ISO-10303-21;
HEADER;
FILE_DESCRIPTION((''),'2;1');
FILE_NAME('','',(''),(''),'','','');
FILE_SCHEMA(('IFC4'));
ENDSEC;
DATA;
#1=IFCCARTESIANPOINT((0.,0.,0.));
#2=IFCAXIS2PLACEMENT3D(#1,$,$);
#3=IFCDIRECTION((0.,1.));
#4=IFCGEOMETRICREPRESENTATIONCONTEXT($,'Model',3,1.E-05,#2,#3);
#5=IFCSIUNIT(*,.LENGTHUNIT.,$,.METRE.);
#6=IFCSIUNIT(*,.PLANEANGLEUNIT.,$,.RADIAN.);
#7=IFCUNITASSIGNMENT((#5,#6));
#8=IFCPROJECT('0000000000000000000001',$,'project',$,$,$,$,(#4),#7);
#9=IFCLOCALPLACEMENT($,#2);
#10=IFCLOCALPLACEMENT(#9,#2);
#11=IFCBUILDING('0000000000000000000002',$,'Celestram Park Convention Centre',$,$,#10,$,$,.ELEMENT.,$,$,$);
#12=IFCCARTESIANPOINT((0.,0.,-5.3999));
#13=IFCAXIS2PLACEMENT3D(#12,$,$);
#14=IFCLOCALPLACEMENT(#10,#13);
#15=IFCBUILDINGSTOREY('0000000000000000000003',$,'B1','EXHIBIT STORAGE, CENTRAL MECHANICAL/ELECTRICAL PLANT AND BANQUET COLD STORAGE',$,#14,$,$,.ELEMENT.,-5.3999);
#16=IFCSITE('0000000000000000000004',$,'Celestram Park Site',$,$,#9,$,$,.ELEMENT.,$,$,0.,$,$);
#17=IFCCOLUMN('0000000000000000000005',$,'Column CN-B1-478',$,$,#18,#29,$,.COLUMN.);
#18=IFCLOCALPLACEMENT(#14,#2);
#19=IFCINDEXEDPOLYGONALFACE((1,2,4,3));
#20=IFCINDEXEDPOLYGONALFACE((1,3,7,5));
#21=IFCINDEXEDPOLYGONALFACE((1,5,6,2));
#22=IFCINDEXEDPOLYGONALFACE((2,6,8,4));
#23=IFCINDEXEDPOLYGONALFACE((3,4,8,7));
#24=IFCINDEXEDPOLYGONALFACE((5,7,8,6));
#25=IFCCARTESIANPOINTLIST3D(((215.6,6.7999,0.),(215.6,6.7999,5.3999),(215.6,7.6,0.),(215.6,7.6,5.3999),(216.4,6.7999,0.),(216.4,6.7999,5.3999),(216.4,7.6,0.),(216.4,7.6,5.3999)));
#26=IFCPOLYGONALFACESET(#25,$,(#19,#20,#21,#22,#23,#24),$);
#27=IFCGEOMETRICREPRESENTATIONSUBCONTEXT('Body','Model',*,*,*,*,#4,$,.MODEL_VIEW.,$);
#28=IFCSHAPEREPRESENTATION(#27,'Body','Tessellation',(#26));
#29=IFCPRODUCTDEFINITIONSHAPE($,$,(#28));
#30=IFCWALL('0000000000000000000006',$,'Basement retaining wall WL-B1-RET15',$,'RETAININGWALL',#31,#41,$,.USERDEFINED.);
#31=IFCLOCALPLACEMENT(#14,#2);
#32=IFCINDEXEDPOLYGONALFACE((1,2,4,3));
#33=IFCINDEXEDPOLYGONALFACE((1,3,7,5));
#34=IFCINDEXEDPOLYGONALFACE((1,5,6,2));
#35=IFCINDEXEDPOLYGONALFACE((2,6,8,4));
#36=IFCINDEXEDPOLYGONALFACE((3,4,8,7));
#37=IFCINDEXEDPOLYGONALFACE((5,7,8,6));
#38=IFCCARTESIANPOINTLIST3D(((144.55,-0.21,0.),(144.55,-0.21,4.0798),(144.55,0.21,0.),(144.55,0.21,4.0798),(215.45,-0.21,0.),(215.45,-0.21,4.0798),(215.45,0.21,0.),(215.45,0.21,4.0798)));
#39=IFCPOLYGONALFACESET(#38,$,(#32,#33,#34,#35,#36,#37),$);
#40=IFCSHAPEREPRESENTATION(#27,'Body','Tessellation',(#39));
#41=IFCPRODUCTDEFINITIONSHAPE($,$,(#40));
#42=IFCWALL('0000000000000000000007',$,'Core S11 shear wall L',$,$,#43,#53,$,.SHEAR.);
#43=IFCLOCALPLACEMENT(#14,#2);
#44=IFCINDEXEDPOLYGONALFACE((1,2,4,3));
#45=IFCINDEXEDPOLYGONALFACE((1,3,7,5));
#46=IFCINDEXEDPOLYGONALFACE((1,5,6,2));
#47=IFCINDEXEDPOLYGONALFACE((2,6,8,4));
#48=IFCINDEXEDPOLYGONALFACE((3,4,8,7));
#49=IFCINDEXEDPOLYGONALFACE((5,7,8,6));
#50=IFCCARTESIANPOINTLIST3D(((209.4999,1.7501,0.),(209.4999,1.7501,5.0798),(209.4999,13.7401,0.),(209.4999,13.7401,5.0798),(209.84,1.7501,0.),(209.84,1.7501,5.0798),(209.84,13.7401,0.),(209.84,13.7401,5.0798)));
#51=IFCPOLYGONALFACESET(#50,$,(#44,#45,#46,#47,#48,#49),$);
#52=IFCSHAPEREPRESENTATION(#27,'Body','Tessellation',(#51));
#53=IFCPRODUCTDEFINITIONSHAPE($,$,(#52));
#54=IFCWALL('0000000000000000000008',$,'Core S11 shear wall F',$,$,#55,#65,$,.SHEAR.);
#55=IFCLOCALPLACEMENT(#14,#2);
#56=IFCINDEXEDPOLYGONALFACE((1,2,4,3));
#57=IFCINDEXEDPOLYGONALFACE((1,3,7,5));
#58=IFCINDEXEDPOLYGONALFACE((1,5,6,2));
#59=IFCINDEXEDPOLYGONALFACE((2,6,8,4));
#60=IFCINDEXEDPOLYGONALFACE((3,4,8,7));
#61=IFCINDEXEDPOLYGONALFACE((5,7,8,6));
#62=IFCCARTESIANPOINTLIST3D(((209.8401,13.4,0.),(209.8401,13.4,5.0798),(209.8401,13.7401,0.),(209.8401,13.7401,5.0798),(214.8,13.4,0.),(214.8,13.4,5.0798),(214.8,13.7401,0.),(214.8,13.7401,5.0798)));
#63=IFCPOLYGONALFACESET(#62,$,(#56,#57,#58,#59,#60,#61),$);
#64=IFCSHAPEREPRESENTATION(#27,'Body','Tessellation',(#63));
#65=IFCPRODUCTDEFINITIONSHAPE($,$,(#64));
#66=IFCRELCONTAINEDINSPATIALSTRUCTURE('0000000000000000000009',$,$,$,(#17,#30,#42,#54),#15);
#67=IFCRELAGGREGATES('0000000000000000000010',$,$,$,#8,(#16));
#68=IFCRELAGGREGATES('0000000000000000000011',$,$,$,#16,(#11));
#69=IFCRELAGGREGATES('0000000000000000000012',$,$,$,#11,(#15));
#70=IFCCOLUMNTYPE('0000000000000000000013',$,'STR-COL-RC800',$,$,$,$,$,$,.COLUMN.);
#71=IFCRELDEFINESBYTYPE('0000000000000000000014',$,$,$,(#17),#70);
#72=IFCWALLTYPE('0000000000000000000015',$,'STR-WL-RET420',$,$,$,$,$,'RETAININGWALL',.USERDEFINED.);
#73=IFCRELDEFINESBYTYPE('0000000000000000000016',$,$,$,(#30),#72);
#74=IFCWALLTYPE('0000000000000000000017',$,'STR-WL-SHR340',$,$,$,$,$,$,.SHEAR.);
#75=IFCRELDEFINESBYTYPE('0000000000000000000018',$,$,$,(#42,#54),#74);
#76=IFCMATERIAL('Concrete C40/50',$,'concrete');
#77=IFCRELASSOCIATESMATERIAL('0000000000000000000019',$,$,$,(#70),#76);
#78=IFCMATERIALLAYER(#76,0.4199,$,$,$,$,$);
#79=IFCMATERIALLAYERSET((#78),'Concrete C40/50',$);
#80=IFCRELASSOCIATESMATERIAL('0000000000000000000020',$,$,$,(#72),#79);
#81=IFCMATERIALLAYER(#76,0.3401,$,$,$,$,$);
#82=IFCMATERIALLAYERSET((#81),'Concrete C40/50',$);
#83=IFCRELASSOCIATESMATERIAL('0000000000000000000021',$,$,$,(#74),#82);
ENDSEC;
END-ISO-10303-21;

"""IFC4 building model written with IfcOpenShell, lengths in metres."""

from ifc_helpers import new_model, si_unit, direction, frame, frame_2d, origin, origin_2d, place, context, subcontext, project, spatial, rectangle, extrude, material, layer, layer_set, material_profile, profile_set, type_object, element, save


model = new_model("IFC4")

# Units and contexts
model_context = context("Model", 3, precision=1e-05, world=origin(), true_north=direction((0.0, 1.0)))
body_context = subcontext(model_context, "Body", "Model", "MODEL_VIEW")
ifc_project = project(units=[si_unit("LENGTHUNIT", "METRE"), si_unit("PLANEANGLEUNIT", "RADIAN")], contexts=[model_context])

# Site, building, storey
site_placement = place(None, origin())
site = spatial("IfcSite", under=ifc_project, at=site_placement, Name="Celestram Park Site", CompositionType="ELEMENT", RefElevation=0.0)
building_placement = place(site_placement, origin())
building = spatial("IfcBuilding", under=site, at=building_placement, Name="Celestram Park Convention Centre", CompositionType="ELEMENT")
storey_placement = place(building_placement, frame((0.0, 0.0, -5.3999)))
storey = spatial("IfcBuildingStorey", under=building, at=storey_placement, Name="B1", Description="EXHIBIT STORAGE, CENTRAL MECHANICAL/ELECTRICAL PLANT AND BANQUET COLD STORAGE", CompositionType="ELEMENT", Elevation=-5.3999)

# Shared definitions
ifc_material_1 = material(Name="Concrete C40/50", Category="concrete")

# Column
ifc_material_profile_1 = material_profile(ifc_material_1, rectangle(XDim=0.8, YDim=0.8, at=origin_2d()), Name="RC800X800")
ifc_profile_set_1 = profile_set([ifc_material_profile_1], Name="Concrete C40/50")
column_type = type_object("IfcColumnType", Name="STR-COL-RC800", PredefinedType="COLUMN", material=ifc_profile_set_1)
for number, where, z_axis, x_axis, name in (
    (1, (216.0, 7.2, 0.0), (0.0, 0.0, 1.0), (1.0, 0.0, 0.0), "Column CN-B1-478"),
):
    element("IfcColumn", number, at=place(storey_placement, frame(where, z_axis=z_axis, x_axis=x_axis)), inside=storey, type_object=column_type, Name=name, PredefinedType="COLUMN", context=body_context, shape_type="SweptSolid", body=[
        extrude(rectangle(XDim=0.8, YDim=0.8, at=origin_2d()), origin(), (0.0, 0.0, 1.0), 5.3999),
    ])

# Walls
ifc_layer_1 = layer(ifc_material_1, 0.4199)
ifc_layer_set_1 = layer_set([ifc_layer_1], Name="Concrete C40/50")
wall_type_1 = type_object("IfcWallType", Name="STR-WL-RET420", ElementType="RETAININGWALL", PredefinedType="USERDEFINED", material=ifc_layer_set_1)
wall_1_placement = place(storey_placement, frame((215.45, 0.0, 0.0), z_axis=(0.0, 0.0, 1.0), x_axis=(-1.0, 0.0, 0.0)))
element("IfcWall", 2, at=wall_1_placement, inside=storey, type_object=wall_type_1, Name="Basement retaining wall WL-B1-RET15", ObjectType="RETAININGWALL", PredefinedType="USERDEFINED", context=body_context, shape_type="SweptSolid", body=[
    extrude(rectangle(XDim=70.8999, YDim=0.4199, at=frame_2d((35.45, 0.0))), origin(), (0.0, 0.0, 1.0), 4.0798),
])
ifc_layer_2 = layer(ifc_material_1, 0.3401)
ifc_layer_set_2 = layer_set([ifc_layer_2], Name="Concrete C40/50")
wall_type_2 = type_object("IfcWallType", Name="STR-WL-SHR340", PredefinedType="SHEAR", material=ifc_layer_set_2)
wall_2_placement = place(storey_placement, frame((209.6699, 1.75, 0.0), z_axis=(0.0, 0.0, 1.0), x_axis=(0.0, 1.0, 0.0)))
element("IfcWall", 3, at=wall_2_placement, inside=storey, type_object=wall_type_2, Name="Core S11 shear wall L", PredefinedType="SHEAR", context=body_context, shape_type="SweptSolid", body=[
    extrude(rectangle(XDim=11.99, YDim=0.3401, at=frame_2d((5.9951, 0.0))), origin(), (0.0, 0.0, 1.0), 5.0798),
])
wall_3_placement = place(storey_placement, frame((209.8401, 13.5701, 0.0), z_axis=(0.0, 0.0, 1.0), x_axis=(1.0, 0.0, 0.0)))
element("IfcWall", 4, at=wall_3_placement, inside=storey, type_object=wall_type_2, Name="Core S11 shear wall F", PredefinedType="SHEAR", context=body_context, shape_type="SweptSolid", body=[
    extrude(rectangle(XDim=4.96, YDim=0.3401, at=frame_2d((2.48, 0.0))), origin(), (0.0, 0.0, 1.0), 5.0798),
])

save(model, "model.ifc")
